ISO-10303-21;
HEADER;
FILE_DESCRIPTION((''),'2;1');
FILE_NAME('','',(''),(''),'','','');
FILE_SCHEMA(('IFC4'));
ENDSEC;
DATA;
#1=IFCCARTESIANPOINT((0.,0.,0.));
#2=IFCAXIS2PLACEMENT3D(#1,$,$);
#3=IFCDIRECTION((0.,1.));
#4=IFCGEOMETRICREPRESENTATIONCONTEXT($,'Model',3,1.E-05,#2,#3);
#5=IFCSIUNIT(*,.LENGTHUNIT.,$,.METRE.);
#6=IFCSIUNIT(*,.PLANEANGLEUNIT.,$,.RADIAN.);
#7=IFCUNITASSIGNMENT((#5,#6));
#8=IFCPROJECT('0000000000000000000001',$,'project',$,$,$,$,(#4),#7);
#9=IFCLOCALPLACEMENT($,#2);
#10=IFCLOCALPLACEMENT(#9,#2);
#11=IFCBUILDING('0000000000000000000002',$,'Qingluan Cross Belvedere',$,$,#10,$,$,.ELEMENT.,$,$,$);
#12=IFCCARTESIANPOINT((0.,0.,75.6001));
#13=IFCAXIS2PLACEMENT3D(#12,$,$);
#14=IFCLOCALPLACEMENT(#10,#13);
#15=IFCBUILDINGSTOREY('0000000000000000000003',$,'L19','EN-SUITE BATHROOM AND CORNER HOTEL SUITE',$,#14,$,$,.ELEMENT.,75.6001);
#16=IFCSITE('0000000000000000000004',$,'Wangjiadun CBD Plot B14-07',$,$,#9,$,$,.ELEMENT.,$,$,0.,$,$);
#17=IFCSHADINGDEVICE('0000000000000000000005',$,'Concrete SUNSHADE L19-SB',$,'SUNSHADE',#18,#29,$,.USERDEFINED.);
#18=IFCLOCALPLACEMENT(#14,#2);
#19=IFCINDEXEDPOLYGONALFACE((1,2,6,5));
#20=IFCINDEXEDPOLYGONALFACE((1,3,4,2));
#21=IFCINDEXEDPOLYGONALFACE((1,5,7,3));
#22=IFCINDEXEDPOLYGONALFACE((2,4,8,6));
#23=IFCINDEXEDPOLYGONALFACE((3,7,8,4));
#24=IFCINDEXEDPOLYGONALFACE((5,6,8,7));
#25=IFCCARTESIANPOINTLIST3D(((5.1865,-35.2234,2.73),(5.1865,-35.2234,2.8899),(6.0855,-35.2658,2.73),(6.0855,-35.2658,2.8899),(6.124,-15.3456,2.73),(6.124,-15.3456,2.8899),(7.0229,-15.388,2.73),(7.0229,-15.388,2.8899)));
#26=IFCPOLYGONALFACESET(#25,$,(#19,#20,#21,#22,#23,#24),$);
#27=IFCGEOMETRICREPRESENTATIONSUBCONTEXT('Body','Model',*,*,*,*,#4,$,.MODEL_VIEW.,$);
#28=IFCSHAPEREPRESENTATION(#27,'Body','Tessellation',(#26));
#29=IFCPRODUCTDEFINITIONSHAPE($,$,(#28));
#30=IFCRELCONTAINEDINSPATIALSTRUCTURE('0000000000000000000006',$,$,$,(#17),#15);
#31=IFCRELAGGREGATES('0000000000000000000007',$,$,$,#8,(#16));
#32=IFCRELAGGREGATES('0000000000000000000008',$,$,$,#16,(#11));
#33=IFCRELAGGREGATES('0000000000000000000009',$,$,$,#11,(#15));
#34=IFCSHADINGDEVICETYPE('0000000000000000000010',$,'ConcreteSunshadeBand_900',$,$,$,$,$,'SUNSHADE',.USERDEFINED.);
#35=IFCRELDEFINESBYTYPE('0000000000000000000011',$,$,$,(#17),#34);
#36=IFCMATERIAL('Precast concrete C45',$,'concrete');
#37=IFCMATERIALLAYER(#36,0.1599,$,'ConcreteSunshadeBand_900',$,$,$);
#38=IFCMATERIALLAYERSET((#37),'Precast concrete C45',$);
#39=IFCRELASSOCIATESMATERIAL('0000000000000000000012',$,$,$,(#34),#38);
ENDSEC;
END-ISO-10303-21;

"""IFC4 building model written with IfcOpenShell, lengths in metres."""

from ifc_helpers import new_model, si_unit, direction, frame, origin, origin_2d, place, context, subcontext, project, spatial, rectangle, extrude, material, layer, layer_set, type_object, element, save


model = new_model("IFC4")

# Units and contexts
model_context = context("Model", 3, precision=1e-05, world=origin(), true_north=direction((0.0, 1.0)))
body_context = subcontext(model_context, "Body", "Model", "MODEL_VIEW")
ifc_project = project(units=[si_unit("LENGTHUNIT", "METRE"), si_unit("PLANEANGLEUNIT", "RADIAN")], contexts=[model_context])

# Site, building, storey
site_placement = place(None, origin())
site = spatial("IfcSite", under=ifc_project, at=site_placement, Name="Wangjiadun CBD Plot B14-07", CompositionType="ELEMENT", RefElevation=0.0)
building_placement = place(site_placement, origin())
building = spatial("IfcBuilding", under=site, at=building_placement, Name="Qingluan Cross Belvedere", CompositionType="ELEMENT")
storey_placement = place(building_placement, frame((0.0, 0.0, 75.6001)))
storey = spatial("IfcBuildingStorey", under=building, at=storey_placement, Name="L19", Description="EN-SUITE BATHROOM AND CORNER HOTEL SUITE", CompositionType="ELEMENT", Elevation=75.6001)

# Shading device
ifc_material_1 = material(Name="Precast concrete C45", Category="concrete")
ifc_layer_1 = layer(ifc_material_1, 0.1599, Name="ConcreteSunshadeBand_900")
ifc_layer_set_1 = layer_set([ifc_layer_1], Name="Precast concrete C45")
shading_device_type = type_object("IfcShadingDeviceType", Name="ConcreteSunshadeBand_900", ElementType="SUNSHADE", PredefinedType="USERDEFINED", material=ifc_layer_set_1)
shading_device_placement = place(storey_placement, frame((6.1047, -25.3057, 2.73), z_axis=(0.0, 0.0, 1.0), x_axis=(0.047109, 0.99889, 0.0)))
element("IfcShadingDevice", 1, at=shading_device_placement, inside=storey, type_object=shading_device_type, Name="Concrete SUNSHADE L19-SB", ObjectType="SUNSHADE", PredefinedType="USERDEFINED", context=body_context, shape_type="SweptSolid", body=[
    extrude(rectangle(XDim=19.8999, YDim=0.8999, at=origin_2d()), origin(), (0.0, 0.0, 1.0), 0.1599),
])

save(model, "model.ifc")
